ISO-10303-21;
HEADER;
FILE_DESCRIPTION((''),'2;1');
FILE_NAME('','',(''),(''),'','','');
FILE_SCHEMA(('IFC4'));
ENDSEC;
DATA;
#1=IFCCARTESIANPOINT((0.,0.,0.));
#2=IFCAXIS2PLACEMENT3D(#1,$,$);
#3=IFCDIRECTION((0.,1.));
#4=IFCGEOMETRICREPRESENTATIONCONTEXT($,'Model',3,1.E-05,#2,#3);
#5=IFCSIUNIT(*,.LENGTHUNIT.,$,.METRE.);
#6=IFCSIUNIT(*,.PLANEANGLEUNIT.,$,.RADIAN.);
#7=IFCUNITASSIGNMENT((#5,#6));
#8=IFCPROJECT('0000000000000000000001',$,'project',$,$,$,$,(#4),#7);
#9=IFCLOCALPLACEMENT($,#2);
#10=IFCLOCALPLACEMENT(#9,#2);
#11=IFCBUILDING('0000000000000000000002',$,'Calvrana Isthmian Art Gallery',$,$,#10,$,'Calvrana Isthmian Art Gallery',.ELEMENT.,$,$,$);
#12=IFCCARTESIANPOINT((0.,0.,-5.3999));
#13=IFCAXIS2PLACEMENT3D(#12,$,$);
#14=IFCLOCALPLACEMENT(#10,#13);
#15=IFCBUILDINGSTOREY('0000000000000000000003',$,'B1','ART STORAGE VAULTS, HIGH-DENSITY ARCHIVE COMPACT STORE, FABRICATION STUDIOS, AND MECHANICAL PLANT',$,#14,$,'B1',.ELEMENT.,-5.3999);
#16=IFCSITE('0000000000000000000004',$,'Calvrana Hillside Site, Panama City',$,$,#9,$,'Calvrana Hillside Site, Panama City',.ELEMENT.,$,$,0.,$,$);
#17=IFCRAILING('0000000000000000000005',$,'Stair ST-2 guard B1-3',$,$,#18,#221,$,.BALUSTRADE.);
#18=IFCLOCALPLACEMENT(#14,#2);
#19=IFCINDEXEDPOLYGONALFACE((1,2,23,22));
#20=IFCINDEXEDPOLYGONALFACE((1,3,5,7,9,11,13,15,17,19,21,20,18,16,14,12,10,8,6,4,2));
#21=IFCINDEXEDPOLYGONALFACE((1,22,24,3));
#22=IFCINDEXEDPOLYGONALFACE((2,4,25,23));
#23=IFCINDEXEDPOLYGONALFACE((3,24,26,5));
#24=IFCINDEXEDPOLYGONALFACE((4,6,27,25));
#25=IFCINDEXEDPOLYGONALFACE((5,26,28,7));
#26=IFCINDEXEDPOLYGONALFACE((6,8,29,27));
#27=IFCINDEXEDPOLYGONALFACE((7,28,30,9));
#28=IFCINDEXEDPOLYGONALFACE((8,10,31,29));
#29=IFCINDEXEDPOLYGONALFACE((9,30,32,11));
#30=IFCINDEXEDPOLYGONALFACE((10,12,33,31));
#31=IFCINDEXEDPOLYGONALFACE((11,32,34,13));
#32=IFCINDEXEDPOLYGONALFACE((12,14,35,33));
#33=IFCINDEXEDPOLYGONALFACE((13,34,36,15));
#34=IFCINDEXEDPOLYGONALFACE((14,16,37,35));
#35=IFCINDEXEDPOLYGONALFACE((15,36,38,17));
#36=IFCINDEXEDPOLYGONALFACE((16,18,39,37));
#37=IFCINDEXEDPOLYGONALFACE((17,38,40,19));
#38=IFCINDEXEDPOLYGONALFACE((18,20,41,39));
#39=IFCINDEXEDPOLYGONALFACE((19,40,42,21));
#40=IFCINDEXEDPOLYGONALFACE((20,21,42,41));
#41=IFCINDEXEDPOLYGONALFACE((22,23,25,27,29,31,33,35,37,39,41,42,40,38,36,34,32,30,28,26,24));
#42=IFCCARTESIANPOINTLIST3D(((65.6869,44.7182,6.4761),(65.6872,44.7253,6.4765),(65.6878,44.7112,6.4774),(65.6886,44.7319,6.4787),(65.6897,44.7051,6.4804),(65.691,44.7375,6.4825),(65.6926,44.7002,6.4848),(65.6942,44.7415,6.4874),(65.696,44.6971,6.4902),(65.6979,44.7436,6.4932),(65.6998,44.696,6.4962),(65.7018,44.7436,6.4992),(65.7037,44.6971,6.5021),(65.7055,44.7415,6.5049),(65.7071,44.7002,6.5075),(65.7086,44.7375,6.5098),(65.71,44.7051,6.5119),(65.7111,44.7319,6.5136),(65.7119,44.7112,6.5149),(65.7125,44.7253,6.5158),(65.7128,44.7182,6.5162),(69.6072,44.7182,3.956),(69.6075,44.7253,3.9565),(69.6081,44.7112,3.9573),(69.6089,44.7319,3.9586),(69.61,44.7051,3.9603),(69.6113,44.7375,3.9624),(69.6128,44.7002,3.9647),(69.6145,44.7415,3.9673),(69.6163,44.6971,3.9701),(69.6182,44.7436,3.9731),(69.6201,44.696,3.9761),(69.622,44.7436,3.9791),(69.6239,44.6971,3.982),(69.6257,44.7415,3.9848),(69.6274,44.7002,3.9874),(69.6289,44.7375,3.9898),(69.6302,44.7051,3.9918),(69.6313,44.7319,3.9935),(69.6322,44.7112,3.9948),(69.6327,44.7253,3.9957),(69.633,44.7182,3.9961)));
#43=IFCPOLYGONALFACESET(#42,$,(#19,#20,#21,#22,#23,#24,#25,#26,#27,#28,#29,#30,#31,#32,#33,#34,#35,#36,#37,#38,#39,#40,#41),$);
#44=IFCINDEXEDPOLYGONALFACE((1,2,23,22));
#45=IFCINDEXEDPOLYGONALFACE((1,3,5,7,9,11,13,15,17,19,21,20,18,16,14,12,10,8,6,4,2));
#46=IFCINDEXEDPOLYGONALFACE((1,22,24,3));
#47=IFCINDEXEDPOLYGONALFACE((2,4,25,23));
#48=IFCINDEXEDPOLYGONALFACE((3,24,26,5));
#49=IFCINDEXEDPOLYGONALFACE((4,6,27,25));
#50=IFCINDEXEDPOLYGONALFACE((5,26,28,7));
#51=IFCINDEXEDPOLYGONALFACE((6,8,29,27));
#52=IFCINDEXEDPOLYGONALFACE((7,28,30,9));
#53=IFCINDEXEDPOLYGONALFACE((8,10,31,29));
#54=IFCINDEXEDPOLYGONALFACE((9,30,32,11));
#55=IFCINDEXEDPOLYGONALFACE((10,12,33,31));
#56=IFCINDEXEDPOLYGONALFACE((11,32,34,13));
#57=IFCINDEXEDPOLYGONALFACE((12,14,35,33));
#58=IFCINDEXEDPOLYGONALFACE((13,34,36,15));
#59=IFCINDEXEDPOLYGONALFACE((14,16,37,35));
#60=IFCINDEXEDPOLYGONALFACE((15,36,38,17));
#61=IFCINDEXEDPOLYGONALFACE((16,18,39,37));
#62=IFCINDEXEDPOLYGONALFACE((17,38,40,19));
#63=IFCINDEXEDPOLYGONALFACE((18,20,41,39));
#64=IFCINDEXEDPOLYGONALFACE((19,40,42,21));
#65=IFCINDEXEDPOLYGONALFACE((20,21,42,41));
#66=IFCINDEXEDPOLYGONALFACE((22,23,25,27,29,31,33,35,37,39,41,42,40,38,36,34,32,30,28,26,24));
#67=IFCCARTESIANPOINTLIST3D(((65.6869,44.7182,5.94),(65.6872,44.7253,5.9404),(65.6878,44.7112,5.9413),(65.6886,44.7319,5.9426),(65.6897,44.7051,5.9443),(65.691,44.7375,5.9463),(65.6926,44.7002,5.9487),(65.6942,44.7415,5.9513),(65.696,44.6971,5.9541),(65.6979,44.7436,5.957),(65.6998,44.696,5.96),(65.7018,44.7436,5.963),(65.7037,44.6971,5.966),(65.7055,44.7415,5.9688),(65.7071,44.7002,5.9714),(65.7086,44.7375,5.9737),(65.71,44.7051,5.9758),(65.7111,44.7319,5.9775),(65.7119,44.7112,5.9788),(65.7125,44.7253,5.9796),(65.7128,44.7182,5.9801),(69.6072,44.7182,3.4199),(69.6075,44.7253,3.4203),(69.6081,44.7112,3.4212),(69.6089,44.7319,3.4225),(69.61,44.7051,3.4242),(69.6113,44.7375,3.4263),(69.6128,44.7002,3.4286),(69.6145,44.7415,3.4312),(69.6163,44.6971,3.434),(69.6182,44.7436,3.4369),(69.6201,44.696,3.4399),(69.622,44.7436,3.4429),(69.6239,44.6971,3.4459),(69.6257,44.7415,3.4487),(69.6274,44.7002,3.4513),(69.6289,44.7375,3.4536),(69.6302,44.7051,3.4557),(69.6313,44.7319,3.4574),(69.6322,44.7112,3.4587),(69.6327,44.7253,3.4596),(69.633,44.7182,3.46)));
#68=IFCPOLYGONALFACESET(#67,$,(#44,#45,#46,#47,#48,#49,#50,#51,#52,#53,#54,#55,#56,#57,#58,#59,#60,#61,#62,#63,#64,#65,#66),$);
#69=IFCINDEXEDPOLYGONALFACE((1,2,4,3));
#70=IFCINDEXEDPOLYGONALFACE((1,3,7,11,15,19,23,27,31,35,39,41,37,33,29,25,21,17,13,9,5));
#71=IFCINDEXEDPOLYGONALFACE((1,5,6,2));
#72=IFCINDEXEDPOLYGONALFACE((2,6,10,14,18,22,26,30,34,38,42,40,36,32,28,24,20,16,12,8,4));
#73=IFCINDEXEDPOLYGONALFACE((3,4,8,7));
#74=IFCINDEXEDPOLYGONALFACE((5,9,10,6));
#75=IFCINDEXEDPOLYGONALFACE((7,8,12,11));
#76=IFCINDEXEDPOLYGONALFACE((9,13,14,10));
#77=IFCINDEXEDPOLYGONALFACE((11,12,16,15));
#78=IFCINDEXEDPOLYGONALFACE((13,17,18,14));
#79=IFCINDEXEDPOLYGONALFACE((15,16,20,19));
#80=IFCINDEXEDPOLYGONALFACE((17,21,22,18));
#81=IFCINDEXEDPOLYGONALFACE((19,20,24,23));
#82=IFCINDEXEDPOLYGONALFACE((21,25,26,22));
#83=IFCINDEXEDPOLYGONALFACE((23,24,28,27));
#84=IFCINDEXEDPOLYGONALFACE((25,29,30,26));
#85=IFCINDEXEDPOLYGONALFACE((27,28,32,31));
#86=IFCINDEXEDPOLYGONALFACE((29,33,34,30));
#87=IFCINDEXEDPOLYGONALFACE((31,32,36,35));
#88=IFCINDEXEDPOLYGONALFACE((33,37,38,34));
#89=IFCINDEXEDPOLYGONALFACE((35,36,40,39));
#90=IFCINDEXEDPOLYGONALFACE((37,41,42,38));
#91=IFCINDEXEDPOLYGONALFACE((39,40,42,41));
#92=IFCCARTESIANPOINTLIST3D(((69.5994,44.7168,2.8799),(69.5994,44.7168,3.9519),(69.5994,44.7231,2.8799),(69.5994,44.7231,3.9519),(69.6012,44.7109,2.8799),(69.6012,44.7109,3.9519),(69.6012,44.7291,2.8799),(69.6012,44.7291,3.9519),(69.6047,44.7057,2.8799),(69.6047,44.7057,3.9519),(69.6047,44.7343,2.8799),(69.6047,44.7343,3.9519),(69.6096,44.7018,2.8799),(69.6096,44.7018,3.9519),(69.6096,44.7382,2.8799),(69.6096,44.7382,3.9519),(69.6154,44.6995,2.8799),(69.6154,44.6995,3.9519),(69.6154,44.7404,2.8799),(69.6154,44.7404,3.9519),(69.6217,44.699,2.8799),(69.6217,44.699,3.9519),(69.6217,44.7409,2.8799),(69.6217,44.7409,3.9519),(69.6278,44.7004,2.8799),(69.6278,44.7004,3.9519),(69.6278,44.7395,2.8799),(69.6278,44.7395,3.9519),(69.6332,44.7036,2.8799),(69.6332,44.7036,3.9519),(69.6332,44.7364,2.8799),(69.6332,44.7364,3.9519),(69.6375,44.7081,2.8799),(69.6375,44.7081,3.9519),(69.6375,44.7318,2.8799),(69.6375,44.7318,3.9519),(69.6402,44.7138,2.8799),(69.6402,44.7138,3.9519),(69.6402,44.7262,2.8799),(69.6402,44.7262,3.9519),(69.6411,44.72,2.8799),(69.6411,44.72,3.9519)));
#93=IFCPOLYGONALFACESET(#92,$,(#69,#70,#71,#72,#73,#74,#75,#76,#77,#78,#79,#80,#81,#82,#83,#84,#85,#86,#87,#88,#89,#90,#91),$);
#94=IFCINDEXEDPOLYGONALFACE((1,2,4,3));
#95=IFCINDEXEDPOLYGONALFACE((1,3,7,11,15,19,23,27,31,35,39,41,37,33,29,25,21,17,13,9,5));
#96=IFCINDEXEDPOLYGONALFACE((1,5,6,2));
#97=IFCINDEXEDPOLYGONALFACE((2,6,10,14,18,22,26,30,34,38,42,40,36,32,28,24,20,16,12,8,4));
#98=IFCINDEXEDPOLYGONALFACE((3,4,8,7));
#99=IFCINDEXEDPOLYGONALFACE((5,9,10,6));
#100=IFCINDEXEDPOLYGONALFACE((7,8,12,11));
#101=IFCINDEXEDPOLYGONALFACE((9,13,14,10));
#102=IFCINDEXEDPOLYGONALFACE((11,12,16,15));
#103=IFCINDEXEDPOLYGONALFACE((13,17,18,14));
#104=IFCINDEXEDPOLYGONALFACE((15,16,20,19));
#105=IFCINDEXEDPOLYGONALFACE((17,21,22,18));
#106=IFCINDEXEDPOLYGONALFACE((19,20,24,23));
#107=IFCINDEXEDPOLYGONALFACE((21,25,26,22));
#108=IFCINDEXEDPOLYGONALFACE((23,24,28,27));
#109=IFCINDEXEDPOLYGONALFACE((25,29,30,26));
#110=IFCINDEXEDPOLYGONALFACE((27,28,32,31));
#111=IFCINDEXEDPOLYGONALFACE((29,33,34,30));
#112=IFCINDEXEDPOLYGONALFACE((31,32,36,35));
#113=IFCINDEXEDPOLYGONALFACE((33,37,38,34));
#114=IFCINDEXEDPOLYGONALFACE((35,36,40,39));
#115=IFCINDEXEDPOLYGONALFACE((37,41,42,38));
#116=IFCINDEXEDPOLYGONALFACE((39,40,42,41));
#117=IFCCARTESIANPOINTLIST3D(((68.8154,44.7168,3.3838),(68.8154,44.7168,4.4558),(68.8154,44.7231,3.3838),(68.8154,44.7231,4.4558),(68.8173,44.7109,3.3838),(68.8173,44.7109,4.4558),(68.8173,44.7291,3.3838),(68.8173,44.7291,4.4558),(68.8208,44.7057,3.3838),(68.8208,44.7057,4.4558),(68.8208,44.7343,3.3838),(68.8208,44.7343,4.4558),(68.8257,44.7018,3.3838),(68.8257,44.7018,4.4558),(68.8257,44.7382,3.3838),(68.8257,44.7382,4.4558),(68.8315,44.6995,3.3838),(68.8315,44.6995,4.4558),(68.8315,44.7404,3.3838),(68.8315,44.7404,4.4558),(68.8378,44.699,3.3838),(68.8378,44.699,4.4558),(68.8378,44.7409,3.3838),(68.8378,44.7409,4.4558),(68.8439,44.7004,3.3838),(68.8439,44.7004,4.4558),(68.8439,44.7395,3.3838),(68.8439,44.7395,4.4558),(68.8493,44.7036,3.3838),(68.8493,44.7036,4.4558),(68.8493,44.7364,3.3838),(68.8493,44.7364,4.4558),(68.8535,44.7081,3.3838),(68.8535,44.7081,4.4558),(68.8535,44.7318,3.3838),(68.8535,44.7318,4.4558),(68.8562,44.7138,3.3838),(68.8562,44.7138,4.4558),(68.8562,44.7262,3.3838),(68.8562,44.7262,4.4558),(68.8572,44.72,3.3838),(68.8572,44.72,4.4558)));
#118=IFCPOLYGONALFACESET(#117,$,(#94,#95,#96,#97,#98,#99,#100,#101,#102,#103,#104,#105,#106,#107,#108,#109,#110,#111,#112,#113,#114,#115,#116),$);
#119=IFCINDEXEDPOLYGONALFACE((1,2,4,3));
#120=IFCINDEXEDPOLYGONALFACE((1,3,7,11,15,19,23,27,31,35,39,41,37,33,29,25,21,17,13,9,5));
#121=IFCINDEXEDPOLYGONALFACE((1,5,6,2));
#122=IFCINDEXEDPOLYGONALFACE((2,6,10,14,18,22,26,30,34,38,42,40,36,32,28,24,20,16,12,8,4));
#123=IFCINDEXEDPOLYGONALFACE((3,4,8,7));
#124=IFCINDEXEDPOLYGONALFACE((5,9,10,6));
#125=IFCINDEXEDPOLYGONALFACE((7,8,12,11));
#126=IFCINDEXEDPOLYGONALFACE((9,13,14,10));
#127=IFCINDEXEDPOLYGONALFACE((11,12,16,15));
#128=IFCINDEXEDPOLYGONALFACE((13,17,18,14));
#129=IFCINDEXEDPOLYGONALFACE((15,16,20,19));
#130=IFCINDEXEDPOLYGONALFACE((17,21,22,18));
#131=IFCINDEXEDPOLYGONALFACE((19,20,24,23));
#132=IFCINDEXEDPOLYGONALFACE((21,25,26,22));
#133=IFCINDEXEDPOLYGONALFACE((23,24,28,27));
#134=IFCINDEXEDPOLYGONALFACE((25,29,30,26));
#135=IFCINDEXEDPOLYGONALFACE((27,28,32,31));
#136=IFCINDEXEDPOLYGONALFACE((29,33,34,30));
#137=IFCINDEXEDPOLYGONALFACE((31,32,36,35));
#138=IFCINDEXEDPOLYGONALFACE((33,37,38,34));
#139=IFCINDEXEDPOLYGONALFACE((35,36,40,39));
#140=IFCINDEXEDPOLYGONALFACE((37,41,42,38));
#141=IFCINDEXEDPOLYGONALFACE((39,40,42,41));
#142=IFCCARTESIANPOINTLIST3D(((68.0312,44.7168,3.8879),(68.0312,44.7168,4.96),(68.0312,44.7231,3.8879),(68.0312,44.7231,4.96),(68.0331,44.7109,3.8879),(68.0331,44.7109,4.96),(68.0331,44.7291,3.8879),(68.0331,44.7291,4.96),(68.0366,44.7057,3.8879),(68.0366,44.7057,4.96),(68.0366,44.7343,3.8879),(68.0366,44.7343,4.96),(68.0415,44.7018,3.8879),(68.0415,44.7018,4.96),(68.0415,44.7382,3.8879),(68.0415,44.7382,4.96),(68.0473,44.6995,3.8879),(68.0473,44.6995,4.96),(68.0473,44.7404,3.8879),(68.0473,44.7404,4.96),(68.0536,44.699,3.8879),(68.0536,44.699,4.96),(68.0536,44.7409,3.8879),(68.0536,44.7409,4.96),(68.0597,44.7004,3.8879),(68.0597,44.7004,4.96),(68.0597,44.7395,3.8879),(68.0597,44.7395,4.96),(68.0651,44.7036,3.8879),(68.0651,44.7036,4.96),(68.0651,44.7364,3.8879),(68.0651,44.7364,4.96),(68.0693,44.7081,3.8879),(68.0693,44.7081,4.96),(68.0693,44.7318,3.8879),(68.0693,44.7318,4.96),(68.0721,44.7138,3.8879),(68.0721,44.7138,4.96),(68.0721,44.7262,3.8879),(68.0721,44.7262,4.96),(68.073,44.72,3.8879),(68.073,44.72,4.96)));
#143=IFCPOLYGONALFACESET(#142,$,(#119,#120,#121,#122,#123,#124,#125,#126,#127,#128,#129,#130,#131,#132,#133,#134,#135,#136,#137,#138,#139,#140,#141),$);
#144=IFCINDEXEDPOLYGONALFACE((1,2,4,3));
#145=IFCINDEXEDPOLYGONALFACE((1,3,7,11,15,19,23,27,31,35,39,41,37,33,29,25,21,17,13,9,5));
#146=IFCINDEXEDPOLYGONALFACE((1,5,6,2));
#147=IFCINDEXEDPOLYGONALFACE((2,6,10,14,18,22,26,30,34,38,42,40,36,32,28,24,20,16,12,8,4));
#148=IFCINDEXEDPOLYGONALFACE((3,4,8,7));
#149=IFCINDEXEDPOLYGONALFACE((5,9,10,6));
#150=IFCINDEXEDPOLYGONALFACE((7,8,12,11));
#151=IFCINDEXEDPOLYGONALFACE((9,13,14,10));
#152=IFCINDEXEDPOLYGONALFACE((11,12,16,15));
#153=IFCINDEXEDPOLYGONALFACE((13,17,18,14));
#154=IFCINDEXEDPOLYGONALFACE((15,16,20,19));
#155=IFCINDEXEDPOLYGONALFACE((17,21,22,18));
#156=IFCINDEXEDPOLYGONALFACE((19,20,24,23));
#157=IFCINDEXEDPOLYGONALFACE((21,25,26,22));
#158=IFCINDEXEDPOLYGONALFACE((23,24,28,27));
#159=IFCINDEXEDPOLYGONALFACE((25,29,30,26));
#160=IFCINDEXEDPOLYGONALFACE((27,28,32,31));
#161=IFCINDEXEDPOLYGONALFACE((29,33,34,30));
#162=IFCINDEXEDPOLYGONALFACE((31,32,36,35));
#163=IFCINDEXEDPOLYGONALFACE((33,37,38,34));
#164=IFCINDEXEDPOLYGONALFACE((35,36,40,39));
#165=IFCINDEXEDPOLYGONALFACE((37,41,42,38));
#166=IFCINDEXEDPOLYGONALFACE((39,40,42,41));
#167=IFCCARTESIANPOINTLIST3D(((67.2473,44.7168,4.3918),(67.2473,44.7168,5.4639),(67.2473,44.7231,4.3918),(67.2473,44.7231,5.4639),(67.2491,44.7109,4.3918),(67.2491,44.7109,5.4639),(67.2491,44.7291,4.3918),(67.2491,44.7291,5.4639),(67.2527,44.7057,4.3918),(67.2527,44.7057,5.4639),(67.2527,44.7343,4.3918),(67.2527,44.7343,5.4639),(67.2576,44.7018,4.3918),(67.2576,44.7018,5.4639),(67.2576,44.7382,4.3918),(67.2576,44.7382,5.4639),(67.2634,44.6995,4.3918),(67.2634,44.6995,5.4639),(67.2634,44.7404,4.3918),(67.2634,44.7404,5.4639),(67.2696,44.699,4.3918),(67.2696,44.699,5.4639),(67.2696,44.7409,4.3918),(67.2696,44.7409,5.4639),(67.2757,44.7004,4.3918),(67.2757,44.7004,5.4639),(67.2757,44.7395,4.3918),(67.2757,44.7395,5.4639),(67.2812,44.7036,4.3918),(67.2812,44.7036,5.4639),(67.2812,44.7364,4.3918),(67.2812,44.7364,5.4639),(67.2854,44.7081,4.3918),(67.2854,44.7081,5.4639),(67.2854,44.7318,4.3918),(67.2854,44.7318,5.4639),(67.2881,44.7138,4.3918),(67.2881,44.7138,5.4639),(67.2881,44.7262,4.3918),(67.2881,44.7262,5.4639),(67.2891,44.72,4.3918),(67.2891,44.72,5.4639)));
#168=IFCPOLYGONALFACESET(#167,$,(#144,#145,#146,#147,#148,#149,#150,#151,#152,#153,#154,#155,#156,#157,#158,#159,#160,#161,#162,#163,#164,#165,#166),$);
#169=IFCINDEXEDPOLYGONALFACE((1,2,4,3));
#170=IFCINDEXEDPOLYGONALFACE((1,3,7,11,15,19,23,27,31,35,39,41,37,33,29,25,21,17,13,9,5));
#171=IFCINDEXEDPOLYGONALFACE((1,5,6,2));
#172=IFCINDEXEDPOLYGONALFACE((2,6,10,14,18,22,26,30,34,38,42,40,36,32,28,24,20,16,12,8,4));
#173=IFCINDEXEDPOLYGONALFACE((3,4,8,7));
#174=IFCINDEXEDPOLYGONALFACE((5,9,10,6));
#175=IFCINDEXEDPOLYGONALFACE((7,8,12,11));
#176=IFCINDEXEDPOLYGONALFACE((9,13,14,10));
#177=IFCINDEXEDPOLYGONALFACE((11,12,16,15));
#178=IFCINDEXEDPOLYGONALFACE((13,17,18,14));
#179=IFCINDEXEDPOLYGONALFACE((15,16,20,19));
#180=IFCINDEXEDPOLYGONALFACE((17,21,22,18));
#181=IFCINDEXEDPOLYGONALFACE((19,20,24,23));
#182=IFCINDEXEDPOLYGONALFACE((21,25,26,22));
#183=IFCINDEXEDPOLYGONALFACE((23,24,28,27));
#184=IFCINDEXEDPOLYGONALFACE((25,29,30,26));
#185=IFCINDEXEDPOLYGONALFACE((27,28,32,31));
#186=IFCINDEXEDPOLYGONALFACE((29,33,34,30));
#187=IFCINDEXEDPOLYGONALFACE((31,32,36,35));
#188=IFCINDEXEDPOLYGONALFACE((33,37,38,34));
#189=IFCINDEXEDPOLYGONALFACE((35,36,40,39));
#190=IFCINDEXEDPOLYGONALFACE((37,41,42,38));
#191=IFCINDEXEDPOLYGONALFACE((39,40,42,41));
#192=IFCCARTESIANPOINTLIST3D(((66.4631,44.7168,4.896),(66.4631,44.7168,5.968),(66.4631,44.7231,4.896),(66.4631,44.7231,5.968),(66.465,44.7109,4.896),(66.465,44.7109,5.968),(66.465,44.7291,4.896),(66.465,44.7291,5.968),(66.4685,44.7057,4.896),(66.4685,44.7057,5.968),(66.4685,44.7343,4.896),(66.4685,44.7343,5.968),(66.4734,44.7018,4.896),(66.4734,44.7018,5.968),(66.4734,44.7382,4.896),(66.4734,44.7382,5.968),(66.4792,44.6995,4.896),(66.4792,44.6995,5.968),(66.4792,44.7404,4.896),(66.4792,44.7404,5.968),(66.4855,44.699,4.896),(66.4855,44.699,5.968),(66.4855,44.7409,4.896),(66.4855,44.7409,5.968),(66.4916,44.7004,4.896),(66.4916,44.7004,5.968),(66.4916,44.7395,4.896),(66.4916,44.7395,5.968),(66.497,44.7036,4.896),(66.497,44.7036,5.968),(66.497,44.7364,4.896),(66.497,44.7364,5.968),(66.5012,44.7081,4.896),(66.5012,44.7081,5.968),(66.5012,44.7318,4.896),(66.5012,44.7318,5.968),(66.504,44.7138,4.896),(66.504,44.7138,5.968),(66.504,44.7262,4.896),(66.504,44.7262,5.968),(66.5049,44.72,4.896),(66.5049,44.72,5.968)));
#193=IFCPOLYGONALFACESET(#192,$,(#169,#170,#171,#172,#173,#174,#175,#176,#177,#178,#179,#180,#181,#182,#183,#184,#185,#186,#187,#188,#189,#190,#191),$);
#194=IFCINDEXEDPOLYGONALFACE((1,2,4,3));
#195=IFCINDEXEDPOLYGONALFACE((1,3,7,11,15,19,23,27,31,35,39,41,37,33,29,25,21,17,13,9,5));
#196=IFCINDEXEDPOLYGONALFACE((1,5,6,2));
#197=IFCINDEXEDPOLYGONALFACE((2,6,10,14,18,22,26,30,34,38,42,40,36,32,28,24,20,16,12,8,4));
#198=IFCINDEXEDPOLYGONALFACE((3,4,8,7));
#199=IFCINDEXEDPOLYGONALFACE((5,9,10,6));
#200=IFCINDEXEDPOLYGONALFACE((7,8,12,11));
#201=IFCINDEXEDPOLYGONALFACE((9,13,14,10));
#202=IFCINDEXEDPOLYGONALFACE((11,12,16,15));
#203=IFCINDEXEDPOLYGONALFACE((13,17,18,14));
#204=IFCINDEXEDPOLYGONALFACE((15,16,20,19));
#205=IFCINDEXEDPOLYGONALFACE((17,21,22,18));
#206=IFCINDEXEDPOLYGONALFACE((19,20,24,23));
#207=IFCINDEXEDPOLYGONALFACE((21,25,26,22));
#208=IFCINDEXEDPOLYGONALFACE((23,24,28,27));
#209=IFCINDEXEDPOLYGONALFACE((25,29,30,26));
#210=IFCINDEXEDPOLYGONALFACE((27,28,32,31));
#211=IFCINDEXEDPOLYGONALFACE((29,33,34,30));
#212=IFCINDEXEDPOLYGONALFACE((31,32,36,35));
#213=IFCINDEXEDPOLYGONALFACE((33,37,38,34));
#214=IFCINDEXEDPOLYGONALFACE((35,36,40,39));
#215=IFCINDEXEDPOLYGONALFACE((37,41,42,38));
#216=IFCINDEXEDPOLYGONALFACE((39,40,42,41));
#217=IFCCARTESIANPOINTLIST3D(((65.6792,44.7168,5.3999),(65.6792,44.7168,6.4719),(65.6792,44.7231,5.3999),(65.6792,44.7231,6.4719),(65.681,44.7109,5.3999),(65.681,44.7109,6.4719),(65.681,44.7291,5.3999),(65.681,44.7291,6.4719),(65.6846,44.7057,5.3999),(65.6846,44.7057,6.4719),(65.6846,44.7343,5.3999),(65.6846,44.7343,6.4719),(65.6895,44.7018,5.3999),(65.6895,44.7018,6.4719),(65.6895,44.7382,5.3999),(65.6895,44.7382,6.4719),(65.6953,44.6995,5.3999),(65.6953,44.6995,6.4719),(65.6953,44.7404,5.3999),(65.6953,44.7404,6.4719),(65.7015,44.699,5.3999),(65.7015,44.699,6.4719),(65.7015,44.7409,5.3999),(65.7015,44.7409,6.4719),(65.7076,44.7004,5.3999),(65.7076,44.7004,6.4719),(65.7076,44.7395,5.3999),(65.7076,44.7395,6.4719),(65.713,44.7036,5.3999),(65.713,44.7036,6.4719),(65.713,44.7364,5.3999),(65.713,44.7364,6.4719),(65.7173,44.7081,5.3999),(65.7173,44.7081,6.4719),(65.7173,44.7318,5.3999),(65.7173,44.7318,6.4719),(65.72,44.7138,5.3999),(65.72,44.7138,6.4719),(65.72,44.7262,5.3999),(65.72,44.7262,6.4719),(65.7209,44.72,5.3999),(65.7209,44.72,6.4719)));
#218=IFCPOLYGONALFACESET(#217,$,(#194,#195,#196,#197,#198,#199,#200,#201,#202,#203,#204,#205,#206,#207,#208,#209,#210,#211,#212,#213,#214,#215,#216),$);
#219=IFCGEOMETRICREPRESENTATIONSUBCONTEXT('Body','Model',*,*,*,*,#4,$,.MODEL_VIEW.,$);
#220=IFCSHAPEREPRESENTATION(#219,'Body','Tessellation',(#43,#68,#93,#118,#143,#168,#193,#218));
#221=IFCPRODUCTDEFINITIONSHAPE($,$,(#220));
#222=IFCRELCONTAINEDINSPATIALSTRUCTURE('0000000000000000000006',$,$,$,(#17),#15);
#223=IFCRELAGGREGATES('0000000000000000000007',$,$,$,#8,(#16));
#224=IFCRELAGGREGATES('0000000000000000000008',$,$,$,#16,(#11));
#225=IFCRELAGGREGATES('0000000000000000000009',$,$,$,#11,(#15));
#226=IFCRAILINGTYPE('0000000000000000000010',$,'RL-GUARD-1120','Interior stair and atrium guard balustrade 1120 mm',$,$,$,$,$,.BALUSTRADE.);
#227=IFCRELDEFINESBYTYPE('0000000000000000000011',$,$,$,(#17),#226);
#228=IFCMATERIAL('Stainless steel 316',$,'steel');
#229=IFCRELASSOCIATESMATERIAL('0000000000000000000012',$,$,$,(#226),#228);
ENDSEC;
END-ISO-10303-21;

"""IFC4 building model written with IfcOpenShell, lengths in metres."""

from ifc_helpers import new_model, si_unit, direction, frame, origin, origin_2d, place, context, subcontext, project, spatial, circle, extrude, material, type_object, element, save


model = new_model("IFC4")

# Units and contexts
model_context = context("Model", 3, precision=1e-05, world=origin(), true_north=direction((0.0, 1.0)))
body_context = subcontext(model_context, "Body", "Model", "MODEL_VIEW")
ifc_project = project(units=[si_unit("LENGTHUNIT", "METRE"), si_unit("PLANEANGLEUNIT", "RADIAN")], contexts=[model_context])

# Site, building, storey
site_placement = place(None, origin())
site = spatial("IfcSite", under=ifc_project, at=site_placement, Name="Calvrana Hillside Site, Panama City", LongName="Calvrana Hillside Site, Panama City", CompositionType="ELEMENT", RefElevation=0.0)
building_placement = place(site_placement, origin())
building = spatial("IfcBuilding", under=site, at=building_placement, Name="Calvrana Isthmian Art Gallery", LongName="Calvrana Isthmian Art Gallery", CompositionType="ELEMENT")
storey_placement = place(building_placement, frame((0.0, 0.0, -5.3999)))
storey = spatial("IfcBuildingStorey", under=building, at=storey_placement, Name="B1", Description="ART STORAGE VAULTS, HIGH-DENSITY ARCHIVE COMPACT STORE, FABRICATION STUDIOS, AND MECHANICAL PLANT", LongName="B1", CompositionType="ELEMENT", Elevation=-5.3999)

# Railing
ifc_material_1 = material(Name="Stainless steel 316", Category="steel")
railing_type_1 = type_object("IfcRailingType", Name="RL-GUARD-1120", Description="Interior stair and atrium guard balustrade 1120 mm", PredefinedType="BALUSTRADE", material=ifc_material_1)
railing_1_placement = place(storey_placement, frame((69.6201, 44.72, 2.8799)))
element("IfcRailing", 1, at=railing_1_placement, inside=storey, type_object=railing_type_1, Name="Stair ST-2 guard B1-3", PredefinedType="BALUSTRADE", context=body_context, shape_type="SweptSolid", body=[
    extrude(circle(Radius=0.0239, at=origin_2d()), frame((0.0, 0.0, 1.0962), z_axis=(-0.841187, 0.0, 0.540744), x_axis=(0.0, -1.0, 0.0)), (0.0, 0.0, 1.0), 4.6604),
    extrude(circle(Radius=0.0239, at=origin_2d()), frame((0.0, 0.0, 0.5601), z_axis=(-0.841187, 0.0, 0.540744), x_axis=(0.0, -1.0, 0.0)), (0.0, 0.0, 1.0), 4.6604),
    extrude(circle(Radius=0.021, at=origin_2d()), origin(), (0.0, 0.0, 1.0), 1.072),
    extrude(circle(Radius=0.021, at=origin_2d()), frame((-0.7839, 0.0, 0.5039)), (0.0, 0.0, 1.0), 1.072),
    extrude(circle(Radius=0.021, at=origin_2d()), frame((-1.5681, 0.0, 1.0081)), (0.0, 0.0, 1.0), 1.072),
    extrude(circle(Radius=0.021, at=origin_2d()), frame((-2.3521, 0.0, 1.512)), (0.0, 0.0, 1.0), 1.072),
    extrude(circle(Radius=0.021, at=origin_2d()), frame((-3.1362, 0.0, 2.0161)), (0.0, 0.0, 1.0), 1.072),
    extrude(circle(Radius=0.021, at=origin_2d()), frame((-3.9202, 0.0, 2.52)), (0.0, 0.0, 1.0), 1.072),
])

save(model, "model.ifc")
